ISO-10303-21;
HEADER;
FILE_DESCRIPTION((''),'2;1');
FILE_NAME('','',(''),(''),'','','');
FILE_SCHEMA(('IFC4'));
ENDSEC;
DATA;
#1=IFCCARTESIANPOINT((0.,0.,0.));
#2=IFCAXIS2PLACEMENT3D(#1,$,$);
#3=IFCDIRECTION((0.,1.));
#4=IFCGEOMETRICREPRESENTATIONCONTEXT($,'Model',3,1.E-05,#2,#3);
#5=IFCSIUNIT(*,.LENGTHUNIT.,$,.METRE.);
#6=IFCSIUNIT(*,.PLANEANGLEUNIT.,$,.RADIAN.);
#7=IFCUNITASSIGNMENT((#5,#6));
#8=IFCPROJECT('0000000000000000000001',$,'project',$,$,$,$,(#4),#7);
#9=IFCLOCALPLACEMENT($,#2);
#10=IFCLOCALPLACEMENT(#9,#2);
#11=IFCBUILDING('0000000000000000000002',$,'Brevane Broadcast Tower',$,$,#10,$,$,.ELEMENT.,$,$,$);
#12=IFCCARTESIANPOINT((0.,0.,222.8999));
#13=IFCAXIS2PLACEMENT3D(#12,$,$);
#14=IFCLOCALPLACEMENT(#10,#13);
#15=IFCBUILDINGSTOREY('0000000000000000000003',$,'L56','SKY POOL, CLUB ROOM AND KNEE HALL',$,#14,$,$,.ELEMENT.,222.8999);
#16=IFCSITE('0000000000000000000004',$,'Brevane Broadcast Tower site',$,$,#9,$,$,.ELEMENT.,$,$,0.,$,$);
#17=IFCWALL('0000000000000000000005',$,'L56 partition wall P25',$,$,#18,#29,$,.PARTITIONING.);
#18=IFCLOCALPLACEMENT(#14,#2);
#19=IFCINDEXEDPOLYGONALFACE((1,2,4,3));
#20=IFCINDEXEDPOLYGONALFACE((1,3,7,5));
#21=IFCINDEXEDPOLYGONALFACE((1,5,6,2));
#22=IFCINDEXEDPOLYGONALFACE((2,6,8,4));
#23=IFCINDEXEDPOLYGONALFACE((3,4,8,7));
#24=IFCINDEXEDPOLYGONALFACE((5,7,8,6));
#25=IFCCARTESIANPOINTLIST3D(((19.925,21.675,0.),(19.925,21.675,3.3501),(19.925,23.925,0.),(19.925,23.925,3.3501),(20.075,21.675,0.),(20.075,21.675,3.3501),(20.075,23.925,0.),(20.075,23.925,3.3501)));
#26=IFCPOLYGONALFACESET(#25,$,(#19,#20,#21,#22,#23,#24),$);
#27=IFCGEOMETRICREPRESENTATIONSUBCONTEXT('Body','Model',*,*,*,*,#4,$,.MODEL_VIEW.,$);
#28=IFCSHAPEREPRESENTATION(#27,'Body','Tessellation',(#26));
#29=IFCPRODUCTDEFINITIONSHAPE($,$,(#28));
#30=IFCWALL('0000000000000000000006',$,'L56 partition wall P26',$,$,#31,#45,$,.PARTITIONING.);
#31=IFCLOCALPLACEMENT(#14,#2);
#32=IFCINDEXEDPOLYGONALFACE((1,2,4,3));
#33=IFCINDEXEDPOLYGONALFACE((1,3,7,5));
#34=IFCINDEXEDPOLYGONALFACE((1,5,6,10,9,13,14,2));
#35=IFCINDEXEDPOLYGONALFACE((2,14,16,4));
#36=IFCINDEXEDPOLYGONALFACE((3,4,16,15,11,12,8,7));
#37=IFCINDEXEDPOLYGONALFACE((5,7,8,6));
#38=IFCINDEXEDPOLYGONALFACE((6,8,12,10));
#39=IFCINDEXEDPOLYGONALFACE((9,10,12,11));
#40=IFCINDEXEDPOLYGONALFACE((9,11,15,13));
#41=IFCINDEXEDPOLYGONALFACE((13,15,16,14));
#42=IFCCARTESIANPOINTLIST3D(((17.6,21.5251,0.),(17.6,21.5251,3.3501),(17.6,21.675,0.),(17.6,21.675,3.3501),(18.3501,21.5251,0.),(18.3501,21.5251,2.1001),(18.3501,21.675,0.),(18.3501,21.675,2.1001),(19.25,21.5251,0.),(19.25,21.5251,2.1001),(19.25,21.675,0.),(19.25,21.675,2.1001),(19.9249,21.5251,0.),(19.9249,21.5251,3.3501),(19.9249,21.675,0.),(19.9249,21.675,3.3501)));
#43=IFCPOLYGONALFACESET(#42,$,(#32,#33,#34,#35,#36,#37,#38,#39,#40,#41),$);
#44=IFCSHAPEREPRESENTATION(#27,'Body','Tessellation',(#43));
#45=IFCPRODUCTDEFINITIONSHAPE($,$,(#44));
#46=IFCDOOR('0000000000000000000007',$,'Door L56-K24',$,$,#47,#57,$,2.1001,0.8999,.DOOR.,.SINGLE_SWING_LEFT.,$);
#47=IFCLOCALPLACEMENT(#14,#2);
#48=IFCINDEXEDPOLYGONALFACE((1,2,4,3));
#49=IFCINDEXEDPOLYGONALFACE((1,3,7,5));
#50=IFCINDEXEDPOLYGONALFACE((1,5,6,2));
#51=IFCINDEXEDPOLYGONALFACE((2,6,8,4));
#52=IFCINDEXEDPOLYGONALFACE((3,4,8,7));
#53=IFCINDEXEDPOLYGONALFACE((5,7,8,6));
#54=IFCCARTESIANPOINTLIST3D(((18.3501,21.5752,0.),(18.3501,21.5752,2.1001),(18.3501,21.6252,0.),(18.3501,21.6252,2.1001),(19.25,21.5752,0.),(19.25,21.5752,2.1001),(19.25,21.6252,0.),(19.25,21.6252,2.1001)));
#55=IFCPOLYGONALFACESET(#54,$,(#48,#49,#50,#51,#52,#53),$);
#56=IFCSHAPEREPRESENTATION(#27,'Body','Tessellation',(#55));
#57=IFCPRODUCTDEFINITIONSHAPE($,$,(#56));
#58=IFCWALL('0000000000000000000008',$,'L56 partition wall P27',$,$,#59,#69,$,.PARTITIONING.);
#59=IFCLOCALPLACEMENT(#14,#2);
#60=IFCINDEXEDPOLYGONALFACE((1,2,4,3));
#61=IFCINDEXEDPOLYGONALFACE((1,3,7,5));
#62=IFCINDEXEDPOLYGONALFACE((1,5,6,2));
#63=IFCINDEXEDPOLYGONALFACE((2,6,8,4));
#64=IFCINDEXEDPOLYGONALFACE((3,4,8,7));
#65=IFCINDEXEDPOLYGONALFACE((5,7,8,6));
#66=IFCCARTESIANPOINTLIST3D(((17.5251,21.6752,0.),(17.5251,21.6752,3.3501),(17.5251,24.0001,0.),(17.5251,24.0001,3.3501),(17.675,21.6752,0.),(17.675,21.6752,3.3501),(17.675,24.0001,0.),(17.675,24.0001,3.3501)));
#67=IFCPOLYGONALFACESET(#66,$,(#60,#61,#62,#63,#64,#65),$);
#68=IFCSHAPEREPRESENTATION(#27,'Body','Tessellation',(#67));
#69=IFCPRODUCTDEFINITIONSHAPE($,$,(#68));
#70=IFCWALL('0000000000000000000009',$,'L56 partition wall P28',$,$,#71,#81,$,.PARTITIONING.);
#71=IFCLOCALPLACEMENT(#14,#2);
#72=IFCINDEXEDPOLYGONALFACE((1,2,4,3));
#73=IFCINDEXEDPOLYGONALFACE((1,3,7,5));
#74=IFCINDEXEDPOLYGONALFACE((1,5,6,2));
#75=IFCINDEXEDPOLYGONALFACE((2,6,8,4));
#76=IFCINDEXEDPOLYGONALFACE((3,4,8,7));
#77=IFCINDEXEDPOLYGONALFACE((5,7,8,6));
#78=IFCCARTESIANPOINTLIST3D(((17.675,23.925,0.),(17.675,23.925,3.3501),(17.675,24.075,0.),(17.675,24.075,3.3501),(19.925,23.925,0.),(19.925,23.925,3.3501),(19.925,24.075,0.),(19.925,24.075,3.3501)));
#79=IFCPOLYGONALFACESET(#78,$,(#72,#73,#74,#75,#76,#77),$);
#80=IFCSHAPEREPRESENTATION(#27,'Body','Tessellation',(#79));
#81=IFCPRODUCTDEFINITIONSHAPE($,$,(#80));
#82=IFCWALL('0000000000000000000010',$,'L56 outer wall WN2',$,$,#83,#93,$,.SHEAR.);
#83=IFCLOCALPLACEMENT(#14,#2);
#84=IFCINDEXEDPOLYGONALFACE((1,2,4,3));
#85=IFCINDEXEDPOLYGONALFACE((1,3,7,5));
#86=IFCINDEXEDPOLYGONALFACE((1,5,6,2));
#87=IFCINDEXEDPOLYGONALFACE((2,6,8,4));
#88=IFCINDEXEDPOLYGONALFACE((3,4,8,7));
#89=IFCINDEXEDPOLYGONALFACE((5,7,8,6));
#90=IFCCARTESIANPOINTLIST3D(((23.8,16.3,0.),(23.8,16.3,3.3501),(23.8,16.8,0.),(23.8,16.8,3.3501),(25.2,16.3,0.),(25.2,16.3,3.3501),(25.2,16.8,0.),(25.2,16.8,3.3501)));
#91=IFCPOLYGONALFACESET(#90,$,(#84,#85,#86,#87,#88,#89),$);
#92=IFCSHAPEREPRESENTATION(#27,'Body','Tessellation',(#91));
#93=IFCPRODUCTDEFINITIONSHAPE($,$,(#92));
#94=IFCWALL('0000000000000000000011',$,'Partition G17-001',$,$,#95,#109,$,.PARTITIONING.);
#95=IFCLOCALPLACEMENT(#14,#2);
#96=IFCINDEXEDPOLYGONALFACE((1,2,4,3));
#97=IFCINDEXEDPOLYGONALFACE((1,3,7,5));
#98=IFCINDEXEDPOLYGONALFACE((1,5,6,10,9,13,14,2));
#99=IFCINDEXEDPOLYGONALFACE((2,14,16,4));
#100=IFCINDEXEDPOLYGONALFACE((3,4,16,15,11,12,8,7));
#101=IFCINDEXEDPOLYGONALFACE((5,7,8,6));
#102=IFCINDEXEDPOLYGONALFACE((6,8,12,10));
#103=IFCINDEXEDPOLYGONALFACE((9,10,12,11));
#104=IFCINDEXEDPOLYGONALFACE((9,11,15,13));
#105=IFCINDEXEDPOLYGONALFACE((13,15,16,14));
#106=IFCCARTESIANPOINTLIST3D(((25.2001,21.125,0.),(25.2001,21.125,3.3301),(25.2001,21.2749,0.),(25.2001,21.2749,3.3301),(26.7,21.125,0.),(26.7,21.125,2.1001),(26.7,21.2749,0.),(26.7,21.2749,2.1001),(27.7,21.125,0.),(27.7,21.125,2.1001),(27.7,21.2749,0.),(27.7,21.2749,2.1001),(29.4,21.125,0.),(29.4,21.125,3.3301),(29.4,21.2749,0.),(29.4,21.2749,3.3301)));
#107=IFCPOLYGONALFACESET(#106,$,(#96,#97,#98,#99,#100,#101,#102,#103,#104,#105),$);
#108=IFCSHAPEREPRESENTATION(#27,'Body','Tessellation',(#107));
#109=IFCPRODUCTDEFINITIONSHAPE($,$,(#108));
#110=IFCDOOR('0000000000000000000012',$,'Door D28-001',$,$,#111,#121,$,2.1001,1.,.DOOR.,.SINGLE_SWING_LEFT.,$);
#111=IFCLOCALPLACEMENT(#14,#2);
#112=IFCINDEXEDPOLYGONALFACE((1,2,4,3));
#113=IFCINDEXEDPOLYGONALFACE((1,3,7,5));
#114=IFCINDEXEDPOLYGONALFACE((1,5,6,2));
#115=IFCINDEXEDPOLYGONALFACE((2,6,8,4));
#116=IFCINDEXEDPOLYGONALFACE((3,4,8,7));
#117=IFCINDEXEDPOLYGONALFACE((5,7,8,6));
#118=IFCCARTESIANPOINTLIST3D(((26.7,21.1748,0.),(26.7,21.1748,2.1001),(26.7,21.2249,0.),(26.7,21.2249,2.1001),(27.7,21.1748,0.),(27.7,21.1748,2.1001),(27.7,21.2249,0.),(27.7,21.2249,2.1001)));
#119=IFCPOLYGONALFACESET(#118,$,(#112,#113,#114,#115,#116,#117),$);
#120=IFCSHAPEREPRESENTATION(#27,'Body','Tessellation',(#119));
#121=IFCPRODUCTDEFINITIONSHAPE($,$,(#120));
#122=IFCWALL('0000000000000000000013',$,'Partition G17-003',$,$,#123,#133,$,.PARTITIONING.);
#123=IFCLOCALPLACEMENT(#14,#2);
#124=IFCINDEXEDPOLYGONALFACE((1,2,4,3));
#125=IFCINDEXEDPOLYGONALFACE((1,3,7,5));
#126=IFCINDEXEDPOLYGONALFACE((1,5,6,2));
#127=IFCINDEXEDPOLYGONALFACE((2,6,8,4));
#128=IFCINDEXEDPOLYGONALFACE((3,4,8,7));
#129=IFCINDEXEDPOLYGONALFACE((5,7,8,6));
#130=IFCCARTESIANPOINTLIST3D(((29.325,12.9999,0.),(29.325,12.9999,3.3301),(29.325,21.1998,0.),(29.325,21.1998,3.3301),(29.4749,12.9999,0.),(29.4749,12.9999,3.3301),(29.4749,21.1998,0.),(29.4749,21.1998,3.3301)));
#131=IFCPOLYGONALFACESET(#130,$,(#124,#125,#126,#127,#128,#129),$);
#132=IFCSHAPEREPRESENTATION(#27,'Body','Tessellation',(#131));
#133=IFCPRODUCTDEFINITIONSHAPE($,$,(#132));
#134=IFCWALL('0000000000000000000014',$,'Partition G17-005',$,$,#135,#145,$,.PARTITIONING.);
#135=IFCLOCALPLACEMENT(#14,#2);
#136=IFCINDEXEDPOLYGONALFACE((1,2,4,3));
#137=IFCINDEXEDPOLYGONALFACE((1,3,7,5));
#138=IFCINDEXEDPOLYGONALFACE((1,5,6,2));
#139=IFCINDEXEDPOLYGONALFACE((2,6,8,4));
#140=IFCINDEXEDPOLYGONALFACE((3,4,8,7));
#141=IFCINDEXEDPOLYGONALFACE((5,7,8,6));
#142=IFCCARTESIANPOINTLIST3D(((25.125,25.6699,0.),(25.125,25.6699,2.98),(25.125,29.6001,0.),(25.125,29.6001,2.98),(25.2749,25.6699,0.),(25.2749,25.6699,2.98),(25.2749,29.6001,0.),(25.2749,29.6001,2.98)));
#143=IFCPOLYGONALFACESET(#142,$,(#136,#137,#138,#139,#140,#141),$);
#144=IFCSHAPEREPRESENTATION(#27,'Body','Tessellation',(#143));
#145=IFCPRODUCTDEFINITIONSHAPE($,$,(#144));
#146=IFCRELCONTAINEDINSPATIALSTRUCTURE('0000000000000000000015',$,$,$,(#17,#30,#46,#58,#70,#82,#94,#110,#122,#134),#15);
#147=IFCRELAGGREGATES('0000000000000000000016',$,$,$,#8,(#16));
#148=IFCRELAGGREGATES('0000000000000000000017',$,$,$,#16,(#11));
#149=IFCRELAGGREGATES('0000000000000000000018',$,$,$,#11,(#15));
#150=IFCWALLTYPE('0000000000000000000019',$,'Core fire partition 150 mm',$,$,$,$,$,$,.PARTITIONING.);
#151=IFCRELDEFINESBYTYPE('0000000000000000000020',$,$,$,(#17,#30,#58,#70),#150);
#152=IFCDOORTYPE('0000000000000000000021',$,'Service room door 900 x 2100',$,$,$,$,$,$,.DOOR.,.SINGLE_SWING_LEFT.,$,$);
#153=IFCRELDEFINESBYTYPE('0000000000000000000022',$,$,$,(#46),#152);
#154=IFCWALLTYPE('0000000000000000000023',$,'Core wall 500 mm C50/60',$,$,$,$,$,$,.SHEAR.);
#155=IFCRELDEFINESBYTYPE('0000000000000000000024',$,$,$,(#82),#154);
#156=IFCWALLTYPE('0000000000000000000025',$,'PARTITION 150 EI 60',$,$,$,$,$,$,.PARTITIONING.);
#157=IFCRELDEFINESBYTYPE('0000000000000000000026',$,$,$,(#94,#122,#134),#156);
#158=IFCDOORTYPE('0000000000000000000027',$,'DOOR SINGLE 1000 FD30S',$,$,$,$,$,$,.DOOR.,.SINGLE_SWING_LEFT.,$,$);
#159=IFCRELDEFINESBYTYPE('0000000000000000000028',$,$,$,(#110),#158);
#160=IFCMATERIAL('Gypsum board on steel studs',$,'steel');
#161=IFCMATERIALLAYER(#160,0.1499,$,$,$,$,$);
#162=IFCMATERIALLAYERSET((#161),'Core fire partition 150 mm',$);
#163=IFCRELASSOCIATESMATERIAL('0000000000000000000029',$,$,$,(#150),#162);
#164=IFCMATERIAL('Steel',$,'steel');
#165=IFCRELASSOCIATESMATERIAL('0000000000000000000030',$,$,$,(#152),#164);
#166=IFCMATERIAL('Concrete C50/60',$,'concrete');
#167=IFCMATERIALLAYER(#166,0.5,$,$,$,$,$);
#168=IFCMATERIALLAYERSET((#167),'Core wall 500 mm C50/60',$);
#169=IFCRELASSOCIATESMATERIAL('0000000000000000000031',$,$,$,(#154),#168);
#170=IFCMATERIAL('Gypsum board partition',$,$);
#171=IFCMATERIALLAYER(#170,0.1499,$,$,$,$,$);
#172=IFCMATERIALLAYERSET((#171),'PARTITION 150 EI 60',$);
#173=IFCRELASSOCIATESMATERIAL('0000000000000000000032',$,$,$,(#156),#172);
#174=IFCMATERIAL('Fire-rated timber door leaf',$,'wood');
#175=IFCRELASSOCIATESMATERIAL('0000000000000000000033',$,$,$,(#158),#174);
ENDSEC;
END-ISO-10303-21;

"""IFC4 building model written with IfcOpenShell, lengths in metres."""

from ifc_helpers import new_model, si_unit, direction, frame, frame_2d, origin, place, context, subcontext, project, spatial, rectangle, extrude, material, layer, layer_set, type_object, element, fill, save


model = new_model("IFC4")

# Units and contexts
model_context = context("Model", 3, precision=1e-05, world=origin(), true_north=direction((0.0, 1.0)))
body_context = subcontext(model_context, "Body", "Model", "MODEL_VIEW")
ifc_project = project(units=[si_unit("LENGTHUNIT", "METRE"), si_unit("PLANEANGLEUNIT", "RADIAN")], contexts=[model_context])

# Site, building, storey
site_placement = place(None, origin())
site = spatial("IfcSite", under=ifc_project, at=site_placement, Name="Brevane Broadcast Tower site", CompositionType="ELEMENT", RefElevation=0.0)
building_placement = place(site_placement, origin())
building = spatial("IfcBuilding", under=site, at=building_placement, Name="Brevane Broadcast Tower", CompositionType="ELEMENT")
storey_placement = place(building_placement, frame((0.0, 0.0, 222.8999)))
storey = spatial("IfcBuildingStorey", under=building, at=storey_placement, Name="L56", Description="SKY POOL, CLUB ROOM AND KNEE HALL", CompositionType="ELEMENT", Elevation=222.8999)

# Shared definitions
ifc_material_1 = material(Name="Concrete C50/60", Category="concrete")

# Shared definitions
ifc_material_2 = material(Name="Gypsum board on steel studs", Category="steel")
ifc_layer_1 = layer(ifc_material_2, 0.1499)
ifc_layer_set_1 = layer_set([ifc_layer_1], Name="Core fire partition 150 mm")
wall_type_1 = type_object("IfcWallType", Name="Core fire partition 150 mm", PredefinedType="PARTITIONING", material=ifc_layer_set_1)

# Wall
wall_1_placement = place(storey_placement, frame((20.0, 21.675, 0.0), z_axis=(0.0, 0.0, 1.0), x_axis=(0.0, 1.0, 0.0)))
element("IfcWall", 1, at=wall_1_placement, inside=storey, type_object=wall_type_1, Name="L56 partition wall P25", PredefinedType="PARTITIONING", context=body_context, shape_type="SweptSolid", body=[
    extrude(rectangle(XDim=2.25, YDim=0.1499, at=frame_2d((1.125, 0.0))), origin(), (0.0, 0.0, 1.0), 3.3501),
])

# Wall, opening, door
wall_2_placement = place(storey_placement, frame((19.925, 21.6001, 0.0), z_axis=(0.0, 0.0, 1.0), x_axis=(-1.0, 0.0, 0.0)))
wall_2 = element("IfcWall", 2, at=wall_2_placement, inside=storey, type_object=wall_type_1, Name="L56 partition wall P26", PredefinedType="PARTITIONING", context=body_context, shape_type="SweptSolid", body=[
    extrude(rectangle(XDim=2.325, YDim=0.1499, at=frame_2d((1.1626, 0.0))), origin(), (0.0, 0.0, 1.0), 3.3501),
])
opening_1_placement = place(wall_2_placement, frame((0.675, 0.0, 0.0)))
opening_1 = element("IfcOpeningElement", 3, at=opening_1_placement, cuts=wall_2, PredefinedType="OPENING", context=body_context, shape_type="SweptSolid", body=[
    extrude(rectangle(XDim=0.8999, YDim=2.1001, at=frame_2d((0.45, 1.05))), frame((0.0, 0.085, 0.0), z_axis=(0.0, -1.0, 0.0), x_axis=(1.0, 0.0, 0.0)), (0.0, 0.0, 1.0), 0.1699),
])
ifc_material_3 = material(Name="Steel", Category="steel")
door_type_1 = type_object("IfcDoorType", Name="Service room door 900 x 2100", OperationType="SINGLE_SWING_LEFT", PredefinedType="DOOR", material=ifc_material_3)
door_1_placement = place(opening_1_placement, origin())
door_1 = element("IfcDoor", 4, at=door_1_placement, inside=storey, type_object=door_type_1, Name="Door L56-K24", OperationType="SINGLE_SWING_LEFT", OverallHeight=2.1001, OverallWidth=0.8999, PredefinedType="DOOR", context=body_context, shape_type="SweptSolid", body=[
    extrude(rectangle(XDim=0.8999, YDim=2.1001, at=frame_2d((0.45, 1.05))), frame((0.0, 0.0249, 0.0), z_axis=(0.0, -1.0, 0.0), x_axis=(1.0, 0.0, 0.0)), (0.0, 0.0, 1.0), 0.05),
])
fill(opening_1, door_1)

# Walls
wall_3_placement = place(storey_placement, frame((17.6001, 21.675, 0.0), z_axis=(0.0, 0.0, 1.0), x_axis=(0.0, 1.0, 0.0)))
element("IfcWall", 5, at=wall_3_placement, inside=storey, type_object=wall_type_1, Name="L56 partition wall P27", PredefinedType="PARTITIONING", context=body_context, shape_type="SweptSolid", body=[
    extrude(rectangle(XDim=2.325, YDim=0.1499, at=frame_2d((1.1626, 0.0))), origin(), (0.0, 0.0, 1.0), 3.3501),
])
wall_4_placement = place(storey_placement, frame((17.675, 24.0, 0.0), z_axis=(0.0, 0.0, 1.0), x_axis=(1.0, 0.0, 0.0)))
element("IfcWall", 6, at=wall_4_placement, inside=storey, type_object=wall_type_1, Name="L56 partition wall P28", PredefinedType="PARTITIONING", context=body_context, shape_type="SweptSolid", body=[
    extrude(rectangle(XDim=2.25, YDim=0.1499, at=frame_2d((1.125, 0.0))), origin(), (0.0, 0.0, 1.0), 3.3501),
])
ifc_layer_2 = layer(ifc_material_1, 0.5)
ifc_layer_set_2 = layer_set([ifc_layer_2], Name="Core wall 500 mm C50/60")
wall_type_2 = type_object("IfcWallType", Name="Core wall 500 mm C50/60", PredefinedType="SHEAR", material=ifc_layer_set_2)
wall_5_placement = place(storey_placement, frame((23.8, 16.55, 0.0), z_axis=(0.0, 0.0, 1.0), x_axis=(1.0, 0.0, 0.0)))
element("IfcWall", 7, at=wall_5_placement, inside=storey, type_object=wall_type_2, Name="L56 outer wall WN2", PredefinedType="SHEAR", context=body_context, shape_type="SweptSolid", body=[
    extrude(rectangle(XDim=1.3999, YDim=0.5, at=frame_2d((0.7, 0.0))), origin(), (0.0, 0.0, 1.0), 3.3501),
])

# Wall, opening, door
ifc_material_4 = material(Name="Gypsum board partition")
ifc_layer_3 = layer(ifc_material_4, 0.1499)
ifc_layer_set_3 = layer_set([ifc_layer_3], Name="PARTITION 150 EI 60")
wall_type_3 = type_object("IfcWallType", Name="PARTITION 150 EI 60", PredefinedType="PARTITIONING", material=ifc_layer_set_3)
wall_6_placement = place(storey_placement, frame((25.2, 21.2, 0.0), z_axis=(0.0, 0.0, 1.0), x_axis=(1.0, 0.0, 0.0)))
wall_6 = element("IfcWall", 8, at=wall_6_placement, inside=storey, type_object=wall_type_3, Name="Partition G17-001", PredefinedType="PARTITIONING", context=body_context, shape_type="SweptSolid", body=[
    extrude(rectangle(XDim=4.2, YDim=0.1499, at=frame_2d((2.1001, 0.0))), origin(), (0.0, 0.0, 1.0), 3.3301),
])
opening_2_placement = place(wall_6_placement, frame((1.5, 0.0, 0.0)))
opening_2 = element("IfcOpeningElement", 9, at=opening_2_placement, cuts=wall_6, PredefinedType="OPENING", context=body_context, shape_type="SweptSolid", body=[
    extrude(rectangle(XDim=1.0, YDim=2.1001, at=frame_2d((0.5, 1.05))), frame((0.0, 0.085, 0.0), z_axis=(0.0, -1.0, 0.0), x_axis=(1.0, 0.0, 0.0)), (0.0, 0.0, 1.0), 0.1699),
])
ifc_material_5 = material(Name="Fire-rated timber door leaf", Category="wood")
door_type_2 = type_object("IfcDoorType", Name="DOOR SINGLE 1000 FD30S", OperationType="SINGLE_SWING_LEFT", PredefinedType="DOOR", material=ifc_material_5)
door_2_placement = place(opening_2_placement, origin())
door_2 = element("IfcDoor", 10, at=door_2_placement, inside=storey, type_object=door_type_2, Name="Door D28-001", OperationType="SINGLE_SWING_LEFT", OverallHeight=2.1001, OverallWidth=1.0, PredefinedType="DOOR", context=body_context, shape_type="SweptSolid", body=[
    extrude(rectangle(XDim=1.0, YDim=2.1001, at=frame_2d((0.5, 1.05))), frame((0.0, 0.0249, 0.0), z_axis=(0.0, -1.0, 0.0), x_axis=(1.0, 0.0, 0.0)), (0.0, 0.0, 1.0), 0.05),
])
fill(opening_2, door_2)

# Walls
wall_7_placement = place(storey_placement, frame((29.3999, 21.2, 0.0), z_axis=(0.0, 0.0, 1.0), x_axis=(0.0, -1.0, 0.0)))
element("IfcWall", 11, at=wall_7_placement, inside=storey, type_object=wall_type_3, Name="Partition G17-003", PredefinedType="PARTITIONING", context=body_context, shape_type="SweptSolid", body=[
    extrude(rectangle(XDim=8.2, YDim=0.1499, at=frame_2d((4.1001, 0.0))), origin(), (0.0, 0.0, 1.0), 3.3301),
])
wall_8_placement = place(storey_placement, frame((25.2, 25.6699, 0.0), z_axis=(0.0, 0.0, 1.0), x_axis=(0.0, 1.0, 0.0)))
element("IfcWall", 12, at=wall_8_placement, inside=storey, type_object=wall_type_3, Name="Partition G17-005", PredefinedType="PARTITIONING", context=body_context, shape_type="SweptSolid", body=[
    extrude(rectangle(XDim=3.9302, YDim=0.1499, at=frame_2d((1.9651, 0.0))), origin(), (0.0, 0.0, 1.0), 2.98),
])

save(model, "model.ifc")
